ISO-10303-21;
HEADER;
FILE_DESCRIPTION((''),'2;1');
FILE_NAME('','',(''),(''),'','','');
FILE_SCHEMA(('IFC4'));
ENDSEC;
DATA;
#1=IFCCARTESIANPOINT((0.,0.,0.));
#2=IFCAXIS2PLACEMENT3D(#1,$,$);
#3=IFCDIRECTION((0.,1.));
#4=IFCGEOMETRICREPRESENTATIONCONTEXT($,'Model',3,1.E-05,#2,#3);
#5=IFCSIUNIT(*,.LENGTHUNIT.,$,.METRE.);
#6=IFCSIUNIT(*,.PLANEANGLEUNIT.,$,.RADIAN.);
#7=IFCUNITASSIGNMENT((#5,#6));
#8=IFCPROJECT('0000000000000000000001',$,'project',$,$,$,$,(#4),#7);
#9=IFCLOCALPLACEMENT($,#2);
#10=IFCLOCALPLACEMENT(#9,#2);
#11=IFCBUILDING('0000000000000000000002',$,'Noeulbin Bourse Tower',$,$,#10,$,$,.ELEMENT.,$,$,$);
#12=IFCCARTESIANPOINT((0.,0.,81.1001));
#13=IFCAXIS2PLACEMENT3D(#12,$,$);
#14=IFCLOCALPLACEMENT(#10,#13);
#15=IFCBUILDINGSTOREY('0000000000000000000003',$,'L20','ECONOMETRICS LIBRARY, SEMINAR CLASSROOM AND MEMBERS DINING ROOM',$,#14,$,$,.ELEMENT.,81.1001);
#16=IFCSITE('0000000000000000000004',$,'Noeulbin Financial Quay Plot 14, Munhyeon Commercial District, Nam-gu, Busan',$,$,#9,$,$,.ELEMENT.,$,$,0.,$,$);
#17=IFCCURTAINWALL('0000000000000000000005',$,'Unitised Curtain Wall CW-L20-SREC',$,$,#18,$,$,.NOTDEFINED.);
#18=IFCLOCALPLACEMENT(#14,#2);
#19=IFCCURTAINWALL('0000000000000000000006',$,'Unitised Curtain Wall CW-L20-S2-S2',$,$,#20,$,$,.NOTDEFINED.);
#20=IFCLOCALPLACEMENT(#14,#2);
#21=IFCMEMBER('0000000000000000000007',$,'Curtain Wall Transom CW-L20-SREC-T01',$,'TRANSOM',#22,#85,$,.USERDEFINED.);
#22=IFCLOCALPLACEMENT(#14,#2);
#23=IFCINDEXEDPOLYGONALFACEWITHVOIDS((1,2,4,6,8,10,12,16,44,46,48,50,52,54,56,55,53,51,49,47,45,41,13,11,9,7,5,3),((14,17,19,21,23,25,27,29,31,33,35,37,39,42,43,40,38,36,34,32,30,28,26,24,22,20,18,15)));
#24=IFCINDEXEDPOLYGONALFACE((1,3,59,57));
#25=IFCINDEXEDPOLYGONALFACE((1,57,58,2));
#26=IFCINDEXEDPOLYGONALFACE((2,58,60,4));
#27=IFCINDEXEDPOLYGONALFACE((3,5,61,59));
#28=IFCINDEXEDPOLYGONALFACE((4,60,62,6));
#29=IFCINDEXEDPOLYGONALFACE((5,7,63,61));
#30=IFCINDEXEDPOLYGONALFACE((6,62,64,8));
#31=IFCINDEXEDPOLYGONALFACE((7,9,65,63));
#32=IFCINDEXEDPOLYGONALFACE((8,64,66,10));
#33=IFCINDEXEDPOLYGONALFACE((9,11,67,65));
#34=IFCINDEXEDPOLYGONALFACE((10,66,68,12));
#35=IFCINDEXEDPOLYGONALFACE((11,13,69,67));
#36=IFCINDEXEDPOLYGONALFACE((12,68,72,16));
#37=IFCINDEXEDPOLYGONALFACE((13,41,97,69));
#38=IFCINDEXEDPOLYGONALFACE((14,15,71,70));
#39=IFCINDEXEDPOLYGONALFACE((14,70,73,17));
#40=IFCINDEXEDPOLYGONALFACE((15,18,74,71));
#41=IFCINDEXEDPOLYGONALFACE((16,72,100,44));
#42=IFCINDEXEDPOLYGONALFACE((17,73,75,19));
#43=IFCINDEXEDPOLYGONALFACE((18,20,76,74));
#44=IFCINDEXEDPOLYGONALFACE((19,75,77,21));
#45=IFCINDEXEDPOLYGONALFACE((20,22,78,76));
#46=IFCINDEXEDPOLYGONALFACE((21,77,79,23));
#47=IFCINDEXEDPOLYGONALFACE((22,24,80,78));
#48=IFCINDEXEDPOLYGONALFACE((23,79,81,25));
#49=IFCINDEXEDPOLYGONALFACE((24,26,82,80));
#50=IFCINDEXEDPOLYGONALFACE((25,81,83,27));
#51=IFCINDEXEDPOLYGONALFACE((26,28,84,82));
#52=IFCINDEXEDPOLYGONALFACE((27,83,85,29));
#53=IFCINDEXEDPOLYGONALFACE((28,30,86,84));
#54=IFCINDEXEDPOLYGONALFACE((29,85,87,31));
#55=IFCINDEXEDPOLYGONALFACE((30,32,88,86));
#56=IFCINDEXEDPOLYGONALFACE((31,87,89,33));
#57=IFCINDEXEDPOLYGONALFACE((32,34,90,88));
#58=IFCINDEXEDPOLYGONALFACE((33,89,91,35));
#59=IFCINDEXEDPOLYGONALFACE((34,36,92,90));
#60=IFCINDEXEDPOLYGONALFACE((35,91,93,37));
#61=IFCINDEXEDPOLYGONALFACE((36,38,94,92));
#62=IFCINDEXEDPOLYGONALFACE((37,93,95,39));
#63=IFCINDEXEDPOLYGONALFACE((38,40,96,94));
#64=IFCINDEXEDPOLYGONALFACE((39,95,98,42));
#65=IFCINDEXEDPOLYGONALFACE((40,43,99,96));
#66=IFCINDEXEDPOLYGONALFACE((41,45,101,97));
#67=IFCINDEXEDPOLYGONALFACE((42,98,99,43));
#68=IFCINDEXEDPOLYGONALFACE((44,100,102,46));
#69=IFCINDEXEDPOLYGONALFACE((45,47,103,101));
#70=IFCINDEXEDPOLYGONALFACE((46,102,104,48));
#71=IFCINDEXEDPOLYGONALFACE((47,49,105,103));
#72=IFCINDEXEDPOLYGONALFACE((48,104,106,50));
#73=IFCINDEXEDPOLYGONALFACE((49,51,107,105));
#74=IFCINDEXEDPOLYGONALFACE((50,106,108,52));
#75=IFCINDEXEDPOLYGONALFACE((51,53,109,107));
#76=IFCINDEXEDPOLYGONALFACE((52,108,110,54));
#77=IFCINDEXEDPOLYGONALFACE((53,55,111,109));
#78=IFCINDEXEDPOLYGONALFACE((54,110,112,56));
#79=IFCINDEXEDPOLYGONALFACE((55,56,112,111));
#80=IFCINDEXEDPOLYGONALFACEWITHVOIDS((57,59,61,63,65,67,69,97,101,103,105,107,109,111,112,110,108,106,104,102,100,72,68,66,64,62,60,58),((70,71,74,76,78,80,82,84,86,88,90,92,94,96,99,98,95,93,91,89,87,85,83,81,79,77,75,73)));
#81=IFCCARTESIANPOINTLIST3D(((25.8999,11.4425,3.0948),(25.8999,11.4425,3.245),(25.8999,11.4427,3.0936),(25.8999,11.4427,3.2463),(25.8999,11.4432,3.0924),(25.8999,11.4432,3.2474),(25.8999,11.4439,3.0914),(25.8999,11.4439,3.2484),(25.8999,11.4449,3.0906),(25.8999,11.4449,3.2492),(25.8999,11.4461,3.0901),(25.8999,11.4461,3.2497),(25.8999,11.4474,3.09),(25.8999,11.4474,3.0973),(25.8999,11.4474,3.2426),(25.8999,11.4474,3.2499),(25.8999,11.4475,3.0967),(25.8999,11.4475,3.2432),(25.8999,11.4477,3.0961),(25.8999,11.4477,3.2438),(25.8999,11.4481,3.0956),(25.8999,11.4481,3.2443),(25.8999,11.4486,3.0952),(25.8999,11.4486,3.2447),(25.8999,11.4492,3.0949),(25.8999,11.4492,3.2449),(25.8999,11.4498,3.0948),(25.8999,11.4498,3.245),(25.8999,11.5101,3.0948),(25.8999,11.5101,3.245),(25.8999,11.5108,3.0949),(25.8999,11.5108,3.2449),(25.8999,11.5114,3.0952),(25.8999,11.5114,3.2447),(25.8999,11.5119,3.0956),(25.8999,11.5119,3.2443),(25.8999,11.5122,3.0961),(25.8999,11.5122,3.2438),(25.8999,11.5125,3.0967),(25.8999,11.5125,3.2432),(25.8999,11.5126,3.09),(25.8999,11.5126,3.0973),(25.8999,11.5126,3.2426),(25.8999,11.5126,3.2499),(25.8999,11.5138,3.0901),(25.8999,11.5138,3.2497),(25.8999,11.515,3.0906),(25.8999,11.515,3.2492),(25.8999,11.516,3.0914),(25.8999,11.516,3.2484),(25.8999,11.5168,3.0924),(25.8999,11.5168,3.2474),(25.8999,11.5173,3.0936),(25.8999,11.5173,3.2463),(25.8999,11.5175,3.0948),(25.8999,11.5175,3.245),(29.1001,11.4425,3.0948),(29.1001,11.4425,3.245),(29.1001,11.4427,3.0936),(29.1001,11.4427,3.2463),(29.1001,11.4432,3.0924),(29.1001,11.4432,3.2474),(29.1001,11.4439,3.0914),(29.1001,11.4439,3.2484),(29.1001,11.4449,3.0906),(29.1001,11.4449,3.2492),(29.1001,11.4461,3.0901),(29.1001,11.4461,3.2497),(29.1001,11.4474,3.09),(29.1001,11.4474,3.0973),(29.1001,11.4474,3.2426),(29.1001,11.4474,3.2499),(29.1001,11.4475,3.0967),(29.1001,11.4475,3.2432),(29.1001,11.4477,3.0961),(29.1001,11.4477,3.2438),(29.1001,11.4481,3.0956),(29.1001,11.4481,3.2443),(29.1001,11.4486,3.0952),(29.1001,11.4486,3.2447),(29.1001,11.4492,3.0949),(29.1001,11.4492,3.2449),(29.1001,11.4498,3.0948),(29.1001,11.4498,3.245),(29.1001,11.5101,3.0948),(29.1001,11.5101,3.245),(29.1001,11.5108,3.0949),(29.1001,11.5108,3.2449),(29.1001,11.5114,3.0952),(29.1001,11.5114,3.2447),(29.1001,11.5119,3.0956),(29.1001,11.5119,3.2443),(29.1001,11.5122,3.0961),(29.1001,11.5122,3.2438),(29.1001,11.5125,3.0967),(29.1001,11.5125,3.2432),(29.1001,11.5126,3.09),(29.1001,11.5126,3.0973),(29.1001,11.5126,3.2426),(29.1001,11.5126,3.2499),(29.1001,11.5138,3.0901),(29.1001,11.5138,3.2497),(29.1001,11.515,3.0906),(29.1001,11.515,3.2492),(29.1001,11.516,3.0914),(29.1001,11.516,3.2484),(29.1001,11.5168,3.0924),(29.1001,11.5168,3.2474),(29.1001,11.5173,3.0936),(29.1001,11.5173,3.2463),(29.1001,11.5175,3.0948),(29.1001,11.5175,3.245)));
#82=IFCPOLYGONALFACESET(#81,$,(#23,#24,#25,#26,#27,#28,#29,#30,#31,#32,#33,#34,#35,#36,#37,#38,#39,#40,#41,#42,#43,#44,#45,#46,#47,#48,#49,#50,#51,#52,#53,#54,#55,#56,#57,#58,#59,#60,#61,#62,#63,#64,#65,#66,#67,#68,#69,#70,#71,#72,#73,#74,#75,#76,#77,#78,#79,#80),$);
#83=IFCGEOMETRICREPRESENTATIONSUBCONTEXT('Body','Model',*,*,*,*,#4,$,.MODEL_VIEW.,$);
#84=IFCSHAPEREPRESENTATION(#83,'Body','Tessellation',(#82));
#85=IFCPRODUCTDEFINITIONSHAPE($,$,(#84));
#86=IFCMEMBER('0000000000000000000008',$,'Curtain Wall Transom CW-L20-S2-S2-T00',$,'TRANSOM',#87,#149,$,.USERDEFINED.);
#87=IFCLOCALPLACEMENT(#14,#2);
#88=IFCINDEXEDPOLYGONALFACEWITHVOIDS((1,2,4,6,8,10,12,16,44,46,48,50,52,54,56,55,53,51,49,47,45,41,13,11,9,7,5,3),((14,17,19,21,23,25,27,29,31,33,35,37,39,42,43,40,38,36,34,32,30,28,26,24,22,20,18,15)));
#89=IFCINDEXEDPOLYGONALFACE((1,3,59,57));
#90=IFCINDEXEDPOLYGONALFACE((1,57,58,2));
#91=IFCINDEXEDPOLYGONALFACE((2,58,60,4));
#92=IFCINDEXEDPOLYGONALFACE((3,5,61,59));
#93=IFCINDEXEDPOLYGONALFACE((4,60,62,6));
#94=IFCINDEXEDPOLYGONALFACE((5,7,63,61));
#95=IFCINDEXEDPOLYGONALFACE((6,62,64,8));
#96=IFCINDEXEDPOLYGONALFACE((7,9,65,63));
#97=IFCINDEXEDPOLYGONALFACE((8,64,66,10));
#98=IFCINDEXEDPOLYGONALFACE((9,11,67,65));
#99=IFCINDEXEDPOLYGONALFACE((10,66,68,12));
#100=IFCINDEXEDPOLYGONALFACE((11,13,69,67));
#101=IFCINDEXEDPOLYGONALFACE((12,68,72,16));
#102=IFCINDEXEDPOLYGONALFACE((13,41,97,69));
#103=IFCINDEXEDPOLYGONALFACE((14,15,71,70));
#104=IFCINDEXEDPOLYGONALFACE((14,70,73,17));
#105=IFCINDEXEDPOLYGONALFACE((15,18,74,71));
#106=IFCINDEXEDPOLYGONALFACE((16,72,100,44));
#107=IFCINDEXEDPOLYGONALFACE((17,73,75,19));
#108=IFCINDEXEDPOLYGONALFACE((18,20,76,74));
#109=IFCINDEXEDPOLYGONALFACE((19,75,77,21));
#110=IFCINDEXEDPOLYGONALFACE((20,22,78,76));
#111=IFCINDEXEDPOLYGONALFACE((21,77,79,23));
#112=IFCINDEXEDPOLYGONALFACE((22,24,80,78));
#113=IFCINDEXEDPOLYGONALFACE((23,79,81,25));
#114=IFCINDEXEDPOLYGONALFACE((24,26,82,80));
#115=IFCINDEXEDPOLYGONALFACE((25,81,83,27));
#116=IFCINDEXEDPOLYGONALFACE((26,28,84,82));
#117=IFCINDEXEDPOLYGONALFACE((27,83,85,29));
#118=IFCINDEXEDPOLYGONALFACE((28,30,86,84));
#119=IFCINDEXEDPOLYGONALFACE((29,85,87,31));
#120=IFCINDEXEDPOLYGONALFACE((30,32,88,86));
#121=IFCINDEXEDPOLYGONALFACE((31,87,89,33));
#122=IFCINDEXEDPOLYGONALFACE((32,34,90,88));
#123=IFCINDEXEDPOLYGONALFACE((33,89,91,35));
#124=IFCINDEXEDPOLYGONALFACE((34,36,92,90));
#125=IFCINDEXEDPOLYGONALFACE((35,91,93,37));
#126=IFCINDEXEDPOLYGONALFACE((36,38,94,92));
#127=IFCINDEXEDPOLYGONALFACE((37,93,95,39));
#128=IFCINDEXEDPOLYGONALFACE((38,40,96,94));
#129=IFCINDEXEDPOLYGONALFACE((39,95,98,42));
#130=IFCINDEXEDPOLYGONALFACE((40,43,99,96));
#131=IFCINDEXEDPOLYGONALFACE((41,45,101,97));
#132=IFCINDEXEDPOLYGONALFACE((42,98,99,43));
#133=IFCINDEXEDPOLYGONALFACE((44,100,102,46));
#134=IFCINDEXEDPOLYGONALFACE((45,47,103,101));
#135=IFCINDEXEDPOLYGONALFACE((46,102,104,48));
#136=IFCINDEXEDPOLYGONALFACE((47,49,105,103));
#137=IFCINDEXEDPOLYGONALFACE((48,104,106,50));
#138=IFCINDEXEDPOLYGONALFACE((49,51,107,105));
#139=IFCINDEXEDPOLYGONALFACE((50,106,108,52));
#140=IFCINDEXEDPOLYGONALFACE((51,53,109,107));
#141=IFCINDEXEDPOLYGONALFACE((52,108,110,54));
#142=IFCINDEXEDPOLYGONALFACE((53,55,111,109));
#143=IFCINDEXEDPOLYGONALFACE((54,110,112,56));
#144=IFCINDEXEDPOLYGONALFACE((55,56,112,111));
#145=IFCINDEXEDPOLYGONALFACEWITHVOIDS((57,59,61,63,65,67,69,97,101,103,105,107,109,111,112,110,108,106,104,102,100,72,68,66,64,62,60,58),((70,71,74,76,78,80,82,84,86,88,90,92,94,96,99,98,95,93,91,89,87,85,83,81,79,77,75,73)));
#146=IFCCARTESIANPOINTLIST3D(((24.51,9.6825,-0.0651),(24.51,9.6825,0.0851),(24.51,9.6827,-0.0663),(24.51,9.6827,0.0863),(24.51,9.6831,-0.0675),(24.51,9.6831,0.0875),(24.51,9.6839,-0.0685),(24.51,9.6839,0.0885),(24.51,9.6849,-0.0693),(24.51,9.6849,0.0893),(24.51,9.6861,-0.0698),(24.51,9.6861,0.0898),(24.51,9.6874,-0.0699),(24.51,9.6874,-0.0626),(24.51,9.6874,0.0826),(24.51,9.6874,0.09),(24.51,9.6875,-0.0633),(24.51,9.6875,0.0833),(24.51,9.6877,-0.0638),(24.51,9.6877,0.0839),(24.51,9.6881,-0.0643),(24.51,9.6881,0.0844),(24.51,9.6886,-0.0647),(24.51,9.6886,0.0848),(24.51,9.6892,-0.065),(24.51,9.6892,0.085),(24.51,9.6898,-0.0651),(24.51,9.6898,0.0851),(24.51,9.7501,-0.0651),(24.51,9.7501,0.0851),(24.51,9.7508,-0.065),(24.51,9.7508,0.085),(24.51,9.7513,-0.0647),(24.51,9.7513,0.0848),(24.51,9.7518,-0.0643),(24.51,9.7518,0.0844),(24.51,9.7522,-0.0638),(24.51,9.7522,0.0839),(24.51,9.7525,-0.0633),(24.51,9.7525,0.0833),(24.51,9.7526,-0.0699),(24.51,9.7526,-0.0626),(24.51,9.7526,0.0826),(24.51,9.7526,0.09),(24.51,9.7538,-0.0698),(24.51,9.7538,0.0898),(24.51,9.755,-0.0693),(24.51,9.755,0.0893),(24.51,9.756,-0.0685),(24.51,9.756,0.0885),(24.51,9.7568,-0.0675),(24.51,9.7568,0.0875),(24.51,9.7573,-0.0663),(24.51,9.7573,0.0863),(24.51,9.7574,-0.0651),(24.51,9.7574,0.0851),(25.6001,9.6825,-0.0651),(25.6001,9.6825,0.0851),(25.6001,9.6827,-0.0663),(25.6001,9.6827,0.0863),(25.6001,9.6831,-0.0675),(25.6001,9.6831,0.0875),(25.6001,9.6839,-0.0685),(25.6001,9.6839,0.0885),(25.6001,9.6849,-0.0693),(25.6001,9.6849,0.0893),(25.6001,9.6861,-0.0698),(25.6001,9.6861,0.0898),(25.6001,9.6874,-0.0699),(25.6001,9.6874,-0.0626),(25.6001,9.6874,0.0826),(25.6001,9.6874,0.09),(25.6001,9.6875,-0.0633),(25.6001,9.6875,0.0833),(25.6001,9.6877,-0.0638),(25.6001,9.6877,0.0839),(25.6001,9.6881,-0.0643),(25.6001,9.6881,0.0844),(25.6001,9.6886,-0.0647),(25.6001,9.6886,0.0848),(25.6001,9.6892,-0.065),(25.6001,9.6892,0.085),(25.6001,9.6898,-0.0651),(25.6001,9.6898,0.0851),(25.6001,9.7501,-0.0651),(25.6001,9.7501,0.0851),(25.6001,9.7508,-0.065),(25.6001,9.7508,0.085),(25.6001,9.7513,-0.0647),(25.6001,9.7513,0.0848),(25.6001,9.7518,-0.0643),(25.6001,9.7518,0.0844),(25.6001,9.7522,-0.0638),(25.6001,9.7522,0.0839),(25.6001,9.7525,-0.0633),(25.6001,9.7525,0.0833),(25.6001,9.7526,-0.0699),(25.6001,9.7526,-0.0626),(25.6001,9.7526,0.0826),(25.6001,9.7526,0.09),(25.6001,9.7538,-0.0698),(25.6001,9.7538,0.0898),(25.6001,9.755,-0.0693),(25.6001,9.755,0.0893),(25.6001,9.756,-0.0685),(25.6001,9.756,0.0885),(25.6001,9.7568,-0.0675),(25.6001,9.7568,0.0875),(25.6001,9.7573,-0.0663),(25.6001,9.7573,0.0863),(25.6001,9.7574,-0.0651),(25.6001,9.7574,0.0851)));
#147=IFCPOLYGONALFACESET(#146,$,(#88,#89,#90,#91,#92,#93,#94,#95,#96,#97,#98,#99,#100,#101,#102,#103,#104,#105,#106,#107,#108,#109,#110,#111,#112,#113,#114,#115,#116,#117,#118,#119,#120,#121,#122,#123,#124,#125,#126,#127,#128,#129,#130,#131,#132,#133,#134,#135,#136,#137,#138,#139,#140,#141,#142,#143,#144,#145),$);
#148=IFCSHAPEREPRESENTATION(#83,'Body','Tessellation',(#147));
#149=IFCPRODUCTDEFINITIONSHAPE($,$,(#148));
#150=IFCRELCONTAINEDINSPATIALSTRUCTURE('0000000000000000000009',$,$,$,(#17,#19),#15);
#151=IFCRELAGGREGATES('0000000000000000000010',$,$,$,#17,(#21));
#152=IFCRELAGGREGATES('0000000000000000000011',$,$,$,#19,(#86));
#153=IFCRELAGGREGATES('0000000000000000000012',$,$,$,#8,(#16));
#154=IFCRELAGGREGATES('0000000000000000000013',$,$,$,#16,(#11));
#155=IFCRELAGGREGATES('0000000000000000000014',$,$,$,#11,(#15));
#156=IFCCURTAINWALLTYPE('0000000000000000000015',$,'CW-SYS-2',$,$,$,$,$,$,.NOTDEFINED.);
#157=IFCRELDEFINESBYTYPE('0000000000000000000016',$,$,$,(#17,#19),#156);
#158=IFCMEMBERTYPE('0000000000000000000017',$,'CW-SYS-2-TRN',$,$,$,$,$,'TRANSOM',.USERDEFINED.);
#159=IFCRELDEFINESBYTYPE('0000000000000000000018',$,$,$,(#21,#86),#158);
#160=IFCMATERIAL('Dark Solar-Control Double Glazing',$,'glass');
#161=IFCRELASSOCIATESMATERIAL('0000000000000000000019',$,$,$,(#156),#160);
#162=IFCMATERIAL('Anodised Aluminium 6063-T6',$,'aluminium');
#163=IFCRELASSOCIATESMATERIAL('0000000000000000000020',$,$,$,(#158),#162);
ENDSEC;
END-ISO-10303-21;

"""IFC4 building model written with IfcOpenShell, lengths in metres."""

from ifc_helpers import new_model, si_unit, direction, frame, origin, origin_2d, place, context, subcontext, project, spatial, hollow_rectangle, extrude, material, material_profile, profile_set, type_object, element, aggregate, save


model = new_model("IFC4")

# Units and contexts
model_context = context("Model", 3, precision=1e-05, world=origin(), true_north=direction((0.0, 1.0)))
body_context = subcontext(model_context, "Body", "Model", "MODEL_VIEW")
ifc_project = project(units=[si_unit("LENGTHUNIT", "METRE"), si_unit("PLANEANGLEUNIT", "RADIAN")], contexts=[model_context])

# Site, building, storey
site_placement = place(None, origin())
site = spatial("IfcSite", under=ifc_project, at=site_placement, Name="Noeulbin Financial Quay Plot 14, Munhyeon Commercial District, Nam-gu, Busan", CompositionType="ELEMENT", RefElevation=0.0)
building_placement = place(site_placement, origin())
building = spatial("IfcBuilding", under=site, at=building_placement, Name="Noeulbin Bourse Tower", CompositionType="ELEMENT")
storey_placement = place(building_placement, frame((0.0, 0.0, 81.1001)))
storey = spatial("IfcBuildingStorey", under=building, at=storey_placement, Name="L20", Description="ECONOMETRICS LIBRARY, SEMINAR CLASSROOM AND MEMBERS DINING ROOM", CompositionType="ELEMENT", Elevation=81.1001)

# Curtain wall
ifc_material_1 = material(Name="Dark Solar-Control Double Glazing", Category="glass")
curtain_wall_type = type_object("IfcCurtainWallType", Name="CW-SYS-2", PredefinedType="NOTDEFINED", material=ifc_material_1)
curtain_wall_1_placement = place(storey_placement, origin())
curtain_wall_1 = element("IfcCurtainWall", 1, at=curtain_wall_1_placement, inside=storey, type_object=curtain_wall_type, Name="Unitised Curtain Wall CW-L20-SREC", PredefinedType="NOTDEFINED")
ifc_material_2 = material(Name="Anodised Aluminium 6063-T6", Category="aluminium")

# Curtain wall
curtain_wall_2_placement = place(storey_placement, origin())
curtain_wall_2 = element("IfcCurtainWall", 2, at=curtain_wall_2_placement, inside=storey, type_object=curtain_wall_type, Name="Unitised Curtain Wall CW-L20-S2-S2", PredefinedType="NOTDEFINED")

# Members
ifc_material_profile_1 = material_profile(ifc_material_2, hollow_rectangle(XDim=0.075, YDim=0.1599, WallThickness=0.0049, InnerFilletRadius=0.0024, OuterFilletRadius=0.0049, at=origin_2d()), Name="ALU-TRAN-75x160x5", Category="LoadBearing")
ifc_profile_set_1 = profile_set([ifc_material_profile_1], Name="Anodised Aluminium 6063-T6")
member_type_1 = type_object("IfcMemberType", Name="CW-SYS-2-TRN", ElementType="TRANSOM", PredefinedType="USERDEFINED", material=ifc_profile_set_1)
member_1_placement = place(storey_placement, frame((25.8999, 11.48, 3.1699), z_axis=(1.0, 0.0, 0.0), x_axis=(0.0, 1.0, 0.0)))
member_1 = element("IfcMember", 3, at=member_1_placement, type_object=member_type_1, Name="Curtain Wall Transom CW-L20-SREC-T01", ObjectType="TRANSOM", PredefinedType="USERDEFINED", context=body_context, shape_type="SweptSolid", body=[
    extrude(hollow_rectangle(XDim=0.075, YDim=0.1599, WallThickness=0.0049, InnerFilletRadius=0.0024, OuterFilletRadius=0.0049, at=origin_2d()), origin(), (0.0, 0.0, 1.0), 3.2002),
])
member_2_placement = place(storey_placement, frame((24.51, 9.72, 0.01), z_axis=(1.0, 0.0, 0.0), x_axis=(0.0, 1.0, 0.0)))
member_2 = element("IfcMember", 4, at=member_2_placement, type_object=member_type_1, Name="Curtain Wall Transom CW-L20-S2-S2-T00", ObjectType="TRANSOM", PredefinedType="USERDEFINED", context=body_context, shape_type="SweptSolid", body=[
    extrude(hollow_rectangle(XDim=0.075, YDim=0.1599, WallThickness=0.0049, InnerFilletRadius=0.0024, OuterFilletRadius=0.0049, at=origin_2d()), origin(), (0.0, 0.0, 1.0), 1.0901),
])

aggregate(curtain_wall_1, [member_1])
aggregate(curtain_wall_2, [member_2])

save(model, "model.ifc")
